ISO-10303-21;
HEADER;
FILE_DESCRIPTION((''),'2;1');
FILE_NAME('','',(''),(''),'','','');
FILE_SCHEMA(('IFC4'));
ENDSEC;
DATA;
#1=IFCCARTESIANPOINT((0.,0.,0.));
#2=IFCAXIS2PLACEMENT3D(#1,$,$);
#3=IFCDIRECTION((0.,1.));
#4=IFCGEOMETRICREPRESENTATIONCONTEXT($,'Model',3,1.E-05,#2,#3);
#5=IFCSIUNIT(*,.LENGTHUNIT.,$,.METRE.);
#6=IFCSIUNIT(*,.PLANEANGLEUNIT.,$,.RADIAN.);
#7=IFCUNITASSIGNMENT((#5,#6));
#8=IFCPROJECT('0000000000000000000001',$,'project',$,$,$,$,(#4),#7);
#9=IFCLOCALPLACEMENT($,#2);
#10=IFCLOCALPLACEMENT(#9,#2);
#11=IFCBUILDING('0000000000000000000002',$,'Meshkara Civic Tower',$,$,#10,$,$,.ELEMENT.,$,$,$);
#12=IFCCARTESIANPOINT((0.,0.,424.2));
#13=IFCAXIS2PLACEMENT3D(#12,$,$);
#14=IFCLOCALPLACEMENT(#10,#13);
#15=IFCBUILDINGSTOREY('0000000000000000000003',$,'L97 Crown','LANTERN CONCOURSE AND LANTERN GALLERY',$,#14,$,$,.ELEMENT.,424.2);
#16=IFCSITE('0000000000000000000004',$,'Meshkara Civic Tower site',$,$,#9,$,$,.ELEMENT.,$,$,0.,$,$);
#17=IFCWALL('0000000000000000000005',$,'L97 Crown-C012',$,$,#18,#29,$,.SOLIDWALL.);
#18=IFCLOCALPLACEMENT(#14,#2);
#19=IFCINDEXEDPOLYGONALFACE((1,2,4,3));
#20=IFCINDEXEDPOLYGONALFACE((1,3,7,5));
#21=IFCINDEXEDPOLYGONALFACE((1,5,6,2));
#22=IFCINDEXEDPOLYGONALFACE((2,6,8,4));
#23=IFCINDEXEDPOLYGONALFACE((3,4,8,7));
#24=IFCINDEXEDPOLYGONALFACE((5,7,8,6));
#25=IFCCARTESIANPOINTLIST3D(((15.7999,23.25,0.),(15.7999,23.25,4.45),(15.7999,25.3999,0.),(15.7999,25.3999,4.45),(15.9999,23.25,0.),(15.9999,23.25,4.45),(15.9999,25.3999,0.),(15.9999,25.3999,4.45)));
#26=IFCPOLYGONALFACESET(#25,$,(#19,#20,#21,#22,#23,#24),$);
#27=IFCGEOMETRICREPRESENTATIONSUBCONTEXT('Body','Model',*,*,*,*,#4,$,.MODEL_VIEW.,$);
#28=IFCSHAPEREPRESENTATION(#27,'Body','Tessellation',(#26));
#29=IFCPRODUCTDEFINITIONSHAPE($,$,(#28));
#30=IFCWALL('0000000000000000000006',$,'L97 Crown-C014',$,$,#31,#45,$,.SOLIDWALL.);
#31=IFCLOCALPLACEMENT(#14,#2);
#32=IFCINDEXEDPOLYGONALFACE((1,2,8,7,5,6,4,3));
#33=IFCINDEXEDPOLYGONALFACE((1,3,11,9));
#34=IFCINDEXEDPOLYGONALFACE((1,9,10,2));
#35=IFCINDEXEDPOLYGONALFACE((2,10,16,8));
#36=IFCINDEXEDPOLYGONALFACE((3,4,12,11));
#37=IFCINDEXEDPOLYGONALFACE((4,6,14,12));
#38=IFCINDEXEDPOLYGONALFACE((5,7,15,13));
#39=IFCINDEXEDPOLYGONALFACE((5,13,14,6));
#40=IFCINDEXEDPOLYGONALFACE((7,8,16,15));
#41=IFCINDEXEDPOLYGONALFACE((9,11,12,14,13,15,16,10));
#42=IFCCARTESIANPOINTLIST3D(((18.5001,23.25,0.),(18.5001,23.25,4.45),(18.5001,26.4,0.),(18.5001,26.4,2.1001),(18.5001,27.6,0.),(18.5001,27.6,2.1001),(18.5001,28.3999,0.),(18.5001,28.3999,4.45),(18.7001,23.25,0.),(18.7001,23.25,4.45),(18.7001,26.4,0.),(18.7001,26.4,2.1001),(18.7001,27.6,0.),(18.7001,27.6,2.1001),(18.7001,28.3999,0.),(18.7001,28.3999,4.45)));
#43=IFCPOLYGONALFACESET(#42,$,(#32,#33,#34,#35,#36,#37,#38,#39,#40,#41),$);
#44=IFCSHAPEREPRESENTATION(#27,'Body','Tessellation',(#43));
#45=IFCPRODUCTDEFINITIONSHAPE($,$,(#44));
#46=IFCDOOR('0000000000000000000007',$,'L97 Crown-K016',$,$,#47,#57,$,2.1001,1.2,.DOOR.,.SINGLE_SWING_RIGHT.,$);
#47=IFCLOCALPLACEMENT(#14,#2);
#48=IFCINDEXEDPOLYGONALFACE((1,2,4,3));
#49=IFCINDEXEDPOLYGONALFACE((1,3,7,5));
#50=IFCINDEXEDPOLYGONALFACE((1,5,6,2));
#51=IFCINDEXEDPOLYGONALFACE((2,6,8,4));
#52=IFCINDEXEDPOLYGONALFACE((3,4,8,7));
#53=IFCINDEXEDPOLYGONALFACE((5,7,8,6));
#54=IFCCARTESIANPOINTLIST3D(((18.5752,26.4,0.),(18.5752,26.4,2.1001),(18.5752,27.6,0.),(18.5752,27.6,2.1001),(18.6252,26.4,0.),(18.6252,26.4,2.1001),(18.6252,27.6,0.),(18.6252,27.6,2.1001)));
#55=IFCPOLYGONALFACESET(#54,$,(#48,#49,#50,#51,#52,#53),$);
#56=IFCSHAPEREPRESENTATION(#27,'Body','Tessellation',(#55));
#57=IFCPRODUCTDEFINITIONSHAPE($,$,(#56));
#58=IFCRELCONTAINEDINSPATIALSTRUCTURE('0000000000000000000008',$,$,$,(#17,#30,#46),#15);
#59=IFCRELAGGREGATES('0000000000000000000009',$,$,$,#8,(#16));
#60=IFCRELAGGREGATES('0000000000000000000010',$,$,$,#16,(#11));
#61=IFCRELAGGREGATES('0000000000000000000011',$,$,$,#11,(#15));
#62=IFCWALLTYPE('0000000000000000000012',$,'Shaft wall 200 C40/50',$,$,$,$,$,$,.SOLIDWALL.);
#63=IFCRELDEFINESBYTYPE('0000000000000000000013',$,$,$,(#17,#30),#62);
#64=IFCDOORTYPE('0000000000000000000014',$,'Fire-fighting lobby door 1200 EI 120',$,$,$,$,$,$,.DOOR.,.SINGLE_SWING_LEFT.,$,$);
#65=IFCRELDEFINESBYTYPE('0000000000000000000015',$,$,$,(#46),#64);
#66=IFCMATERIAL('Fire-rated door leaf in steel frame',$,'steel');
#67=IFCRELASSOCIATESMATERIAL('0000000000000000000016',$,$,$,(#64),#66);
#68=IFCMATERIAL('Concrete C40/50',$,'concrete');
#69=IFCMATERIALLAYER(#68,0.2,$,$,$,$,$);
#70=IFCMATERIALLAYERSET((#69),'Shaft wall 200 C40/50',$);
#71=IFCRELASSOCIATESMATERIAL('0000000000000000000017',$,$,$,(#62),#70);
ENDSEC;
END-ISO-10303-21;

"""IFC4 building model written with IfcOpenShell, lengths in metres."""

from ifc_helpers import new_model, si_unit, direction, frame, frame_2d, origin, place, context, subcontext, project, spatial, rectangle, extrude, material, layer, layer_set, type_object, element, fill, save


model = new_model("IFC4")

# Units and contexts
model_context = context("Model", 3, precision=1e-05, world=origin(), true_north=direction((0.0, 1.0)))
body_context = subcontext(model_context, "Body", "Model", "MODEL_VIEW")
ifc_project = project(units=[si_unit("LENGTHUNIT", "METRE"), si_unit("PLANEANGLEUNIT", "RADIAN")], contexts=[model_context])

# Site, building, storey
site_placement = place(None, origin())
site = spatial("IfcSite", under=ifc_project, at=site_placement, Name="Meshkara Civic Tower site", CompositionType="ELEMENT", RefElevation=0.0)
building_placement = place(site_placement, origin())
building = spatial("IfcBuilding", under=site, at=building_placement, Name="Meshkara Civic Tower", CompositionType="ELEMENT")
storey_placement = place(building_placement, frame((0.0, 0.0, 424.2)))
storey = spatial("IfcBuildingStorey", under=building, at=storey_placement, Name="L97 Crown", Description="LANTERN CONCOURSE AND LANTERN GALLERY", CompositionType="ELEMENT", Elevation=424.2)

# Shared definitions
ifc_material_1 = material(Name="Fire-rated door leaf in steel frame", Category="steel")
door_type_1 = type_object("IfcDoorType", Name="Fire-fighting lobby door 1200 EI 120", OperationType="SINGLE_SWING_LEFT", PredefinedType="DOOR", material=ifc_material_1)
ifc_material_2 = material(Name="Concrete C40/50", Category="concrete")
ifc_layer_1 = layer(ifc_material_2, 0.2)
ifc_layer_set_1 = layer_set([ifc_layer_1], Name="Shaft wall 200 C40/50")
wall_type_1 = type_object("IfcWallType", Name="Shaft wall 200 C40/50", PredefinedType="SOLIDWALL", material=ifc_layer_set_1)

# Wall
wall_1_placement = place(storey_placement, frame((15.8999, 23.25, 0.0), z_axis=(0.0, 0.0, 1.0), x_axis=(0.0, 1.0, 0.0)))
element("IfcWall", 1, at=wall_1_placement, inside=storey, type_object=wall_type_1, Name="L97 Crown-C012", PredefinedType="SOLIDWALL", context=body_context, shape_type="SweptSolid", body=[
    extrude(rectangle(XDim=2.1499, YDim=0.2, at=frame_2d((1.075, 0.0))), origin(), (0.0, 0.0, 1.0), 4.45),
])

# Wall, opening, door
wall_2_placement = place(storey_placement, frame((18.6001, 23.25, 0.0), z_axis=(0.0, 0.0, 1.0), x_axis=(0.0, 1.0, 0.0)))
wall_2 = element("IfcWall", 2, at=wall_2_placement, inside=storey, type_object=wall_type_1, Name="L97 Crown-C014", PredefinedType="SOLIDWALL", context=body_context, shape_type="SweptSolid", body=[
    extrude(rectangle(XDim=5.1499, YDim=0.2, at=frame_2d((2.575, 0.0))), origin(), (0.0, 0.0, 1.0), 4.45),
])
opening_1_placement = place(wall_2_placement, frame((3.1499, 0.0, 0.0)))
opening_1 = element("IfcOpeningElement", 3, at=opening_1_placement, cuts=wall_2, PredefinedType="OPENING", context=body_context, shape_type="SweptSolid", body=[
    extrude(rectangle(XDim=1.2, YDim=2.1001, at=frame_2d((0.6001, 1.05))), frame((0.0, 0.1099, 0.0), z_axis=(0.0, -1.0, 0.0), x_axis=(1.0, 0.0, 0.0)), (0.0, 0.0, 1.0), 0.22),
])
door_1_placement = place(opening_1_placement, origin())
door_1 = element("IfcDoor", 4, at=door_1_placement, inside=storey, type_object=door_type_1, Name="L97 Crown-K016", OperationType="SINGLE_SWING_RIGHT", OverallHeight=2.1001, OverallWidth=1.2, PredefinedType="DOOR", context=body_context, shape_type="SweptSolid", body=[
    extrude(rectangle(XDim=1.2, YDim=2.1001, at=frame_2d((0.6001, 1.05))), frame((0.0, 0.0249, 0.0), z_axis=(0.0, -1.0, 0.0), x_axis=(1.0, 0.0, 0.0)), (0.0, 0.0, 1.0), 0.05),
])
fill(opening_1, door_1)

save(model, "model.ifc")
